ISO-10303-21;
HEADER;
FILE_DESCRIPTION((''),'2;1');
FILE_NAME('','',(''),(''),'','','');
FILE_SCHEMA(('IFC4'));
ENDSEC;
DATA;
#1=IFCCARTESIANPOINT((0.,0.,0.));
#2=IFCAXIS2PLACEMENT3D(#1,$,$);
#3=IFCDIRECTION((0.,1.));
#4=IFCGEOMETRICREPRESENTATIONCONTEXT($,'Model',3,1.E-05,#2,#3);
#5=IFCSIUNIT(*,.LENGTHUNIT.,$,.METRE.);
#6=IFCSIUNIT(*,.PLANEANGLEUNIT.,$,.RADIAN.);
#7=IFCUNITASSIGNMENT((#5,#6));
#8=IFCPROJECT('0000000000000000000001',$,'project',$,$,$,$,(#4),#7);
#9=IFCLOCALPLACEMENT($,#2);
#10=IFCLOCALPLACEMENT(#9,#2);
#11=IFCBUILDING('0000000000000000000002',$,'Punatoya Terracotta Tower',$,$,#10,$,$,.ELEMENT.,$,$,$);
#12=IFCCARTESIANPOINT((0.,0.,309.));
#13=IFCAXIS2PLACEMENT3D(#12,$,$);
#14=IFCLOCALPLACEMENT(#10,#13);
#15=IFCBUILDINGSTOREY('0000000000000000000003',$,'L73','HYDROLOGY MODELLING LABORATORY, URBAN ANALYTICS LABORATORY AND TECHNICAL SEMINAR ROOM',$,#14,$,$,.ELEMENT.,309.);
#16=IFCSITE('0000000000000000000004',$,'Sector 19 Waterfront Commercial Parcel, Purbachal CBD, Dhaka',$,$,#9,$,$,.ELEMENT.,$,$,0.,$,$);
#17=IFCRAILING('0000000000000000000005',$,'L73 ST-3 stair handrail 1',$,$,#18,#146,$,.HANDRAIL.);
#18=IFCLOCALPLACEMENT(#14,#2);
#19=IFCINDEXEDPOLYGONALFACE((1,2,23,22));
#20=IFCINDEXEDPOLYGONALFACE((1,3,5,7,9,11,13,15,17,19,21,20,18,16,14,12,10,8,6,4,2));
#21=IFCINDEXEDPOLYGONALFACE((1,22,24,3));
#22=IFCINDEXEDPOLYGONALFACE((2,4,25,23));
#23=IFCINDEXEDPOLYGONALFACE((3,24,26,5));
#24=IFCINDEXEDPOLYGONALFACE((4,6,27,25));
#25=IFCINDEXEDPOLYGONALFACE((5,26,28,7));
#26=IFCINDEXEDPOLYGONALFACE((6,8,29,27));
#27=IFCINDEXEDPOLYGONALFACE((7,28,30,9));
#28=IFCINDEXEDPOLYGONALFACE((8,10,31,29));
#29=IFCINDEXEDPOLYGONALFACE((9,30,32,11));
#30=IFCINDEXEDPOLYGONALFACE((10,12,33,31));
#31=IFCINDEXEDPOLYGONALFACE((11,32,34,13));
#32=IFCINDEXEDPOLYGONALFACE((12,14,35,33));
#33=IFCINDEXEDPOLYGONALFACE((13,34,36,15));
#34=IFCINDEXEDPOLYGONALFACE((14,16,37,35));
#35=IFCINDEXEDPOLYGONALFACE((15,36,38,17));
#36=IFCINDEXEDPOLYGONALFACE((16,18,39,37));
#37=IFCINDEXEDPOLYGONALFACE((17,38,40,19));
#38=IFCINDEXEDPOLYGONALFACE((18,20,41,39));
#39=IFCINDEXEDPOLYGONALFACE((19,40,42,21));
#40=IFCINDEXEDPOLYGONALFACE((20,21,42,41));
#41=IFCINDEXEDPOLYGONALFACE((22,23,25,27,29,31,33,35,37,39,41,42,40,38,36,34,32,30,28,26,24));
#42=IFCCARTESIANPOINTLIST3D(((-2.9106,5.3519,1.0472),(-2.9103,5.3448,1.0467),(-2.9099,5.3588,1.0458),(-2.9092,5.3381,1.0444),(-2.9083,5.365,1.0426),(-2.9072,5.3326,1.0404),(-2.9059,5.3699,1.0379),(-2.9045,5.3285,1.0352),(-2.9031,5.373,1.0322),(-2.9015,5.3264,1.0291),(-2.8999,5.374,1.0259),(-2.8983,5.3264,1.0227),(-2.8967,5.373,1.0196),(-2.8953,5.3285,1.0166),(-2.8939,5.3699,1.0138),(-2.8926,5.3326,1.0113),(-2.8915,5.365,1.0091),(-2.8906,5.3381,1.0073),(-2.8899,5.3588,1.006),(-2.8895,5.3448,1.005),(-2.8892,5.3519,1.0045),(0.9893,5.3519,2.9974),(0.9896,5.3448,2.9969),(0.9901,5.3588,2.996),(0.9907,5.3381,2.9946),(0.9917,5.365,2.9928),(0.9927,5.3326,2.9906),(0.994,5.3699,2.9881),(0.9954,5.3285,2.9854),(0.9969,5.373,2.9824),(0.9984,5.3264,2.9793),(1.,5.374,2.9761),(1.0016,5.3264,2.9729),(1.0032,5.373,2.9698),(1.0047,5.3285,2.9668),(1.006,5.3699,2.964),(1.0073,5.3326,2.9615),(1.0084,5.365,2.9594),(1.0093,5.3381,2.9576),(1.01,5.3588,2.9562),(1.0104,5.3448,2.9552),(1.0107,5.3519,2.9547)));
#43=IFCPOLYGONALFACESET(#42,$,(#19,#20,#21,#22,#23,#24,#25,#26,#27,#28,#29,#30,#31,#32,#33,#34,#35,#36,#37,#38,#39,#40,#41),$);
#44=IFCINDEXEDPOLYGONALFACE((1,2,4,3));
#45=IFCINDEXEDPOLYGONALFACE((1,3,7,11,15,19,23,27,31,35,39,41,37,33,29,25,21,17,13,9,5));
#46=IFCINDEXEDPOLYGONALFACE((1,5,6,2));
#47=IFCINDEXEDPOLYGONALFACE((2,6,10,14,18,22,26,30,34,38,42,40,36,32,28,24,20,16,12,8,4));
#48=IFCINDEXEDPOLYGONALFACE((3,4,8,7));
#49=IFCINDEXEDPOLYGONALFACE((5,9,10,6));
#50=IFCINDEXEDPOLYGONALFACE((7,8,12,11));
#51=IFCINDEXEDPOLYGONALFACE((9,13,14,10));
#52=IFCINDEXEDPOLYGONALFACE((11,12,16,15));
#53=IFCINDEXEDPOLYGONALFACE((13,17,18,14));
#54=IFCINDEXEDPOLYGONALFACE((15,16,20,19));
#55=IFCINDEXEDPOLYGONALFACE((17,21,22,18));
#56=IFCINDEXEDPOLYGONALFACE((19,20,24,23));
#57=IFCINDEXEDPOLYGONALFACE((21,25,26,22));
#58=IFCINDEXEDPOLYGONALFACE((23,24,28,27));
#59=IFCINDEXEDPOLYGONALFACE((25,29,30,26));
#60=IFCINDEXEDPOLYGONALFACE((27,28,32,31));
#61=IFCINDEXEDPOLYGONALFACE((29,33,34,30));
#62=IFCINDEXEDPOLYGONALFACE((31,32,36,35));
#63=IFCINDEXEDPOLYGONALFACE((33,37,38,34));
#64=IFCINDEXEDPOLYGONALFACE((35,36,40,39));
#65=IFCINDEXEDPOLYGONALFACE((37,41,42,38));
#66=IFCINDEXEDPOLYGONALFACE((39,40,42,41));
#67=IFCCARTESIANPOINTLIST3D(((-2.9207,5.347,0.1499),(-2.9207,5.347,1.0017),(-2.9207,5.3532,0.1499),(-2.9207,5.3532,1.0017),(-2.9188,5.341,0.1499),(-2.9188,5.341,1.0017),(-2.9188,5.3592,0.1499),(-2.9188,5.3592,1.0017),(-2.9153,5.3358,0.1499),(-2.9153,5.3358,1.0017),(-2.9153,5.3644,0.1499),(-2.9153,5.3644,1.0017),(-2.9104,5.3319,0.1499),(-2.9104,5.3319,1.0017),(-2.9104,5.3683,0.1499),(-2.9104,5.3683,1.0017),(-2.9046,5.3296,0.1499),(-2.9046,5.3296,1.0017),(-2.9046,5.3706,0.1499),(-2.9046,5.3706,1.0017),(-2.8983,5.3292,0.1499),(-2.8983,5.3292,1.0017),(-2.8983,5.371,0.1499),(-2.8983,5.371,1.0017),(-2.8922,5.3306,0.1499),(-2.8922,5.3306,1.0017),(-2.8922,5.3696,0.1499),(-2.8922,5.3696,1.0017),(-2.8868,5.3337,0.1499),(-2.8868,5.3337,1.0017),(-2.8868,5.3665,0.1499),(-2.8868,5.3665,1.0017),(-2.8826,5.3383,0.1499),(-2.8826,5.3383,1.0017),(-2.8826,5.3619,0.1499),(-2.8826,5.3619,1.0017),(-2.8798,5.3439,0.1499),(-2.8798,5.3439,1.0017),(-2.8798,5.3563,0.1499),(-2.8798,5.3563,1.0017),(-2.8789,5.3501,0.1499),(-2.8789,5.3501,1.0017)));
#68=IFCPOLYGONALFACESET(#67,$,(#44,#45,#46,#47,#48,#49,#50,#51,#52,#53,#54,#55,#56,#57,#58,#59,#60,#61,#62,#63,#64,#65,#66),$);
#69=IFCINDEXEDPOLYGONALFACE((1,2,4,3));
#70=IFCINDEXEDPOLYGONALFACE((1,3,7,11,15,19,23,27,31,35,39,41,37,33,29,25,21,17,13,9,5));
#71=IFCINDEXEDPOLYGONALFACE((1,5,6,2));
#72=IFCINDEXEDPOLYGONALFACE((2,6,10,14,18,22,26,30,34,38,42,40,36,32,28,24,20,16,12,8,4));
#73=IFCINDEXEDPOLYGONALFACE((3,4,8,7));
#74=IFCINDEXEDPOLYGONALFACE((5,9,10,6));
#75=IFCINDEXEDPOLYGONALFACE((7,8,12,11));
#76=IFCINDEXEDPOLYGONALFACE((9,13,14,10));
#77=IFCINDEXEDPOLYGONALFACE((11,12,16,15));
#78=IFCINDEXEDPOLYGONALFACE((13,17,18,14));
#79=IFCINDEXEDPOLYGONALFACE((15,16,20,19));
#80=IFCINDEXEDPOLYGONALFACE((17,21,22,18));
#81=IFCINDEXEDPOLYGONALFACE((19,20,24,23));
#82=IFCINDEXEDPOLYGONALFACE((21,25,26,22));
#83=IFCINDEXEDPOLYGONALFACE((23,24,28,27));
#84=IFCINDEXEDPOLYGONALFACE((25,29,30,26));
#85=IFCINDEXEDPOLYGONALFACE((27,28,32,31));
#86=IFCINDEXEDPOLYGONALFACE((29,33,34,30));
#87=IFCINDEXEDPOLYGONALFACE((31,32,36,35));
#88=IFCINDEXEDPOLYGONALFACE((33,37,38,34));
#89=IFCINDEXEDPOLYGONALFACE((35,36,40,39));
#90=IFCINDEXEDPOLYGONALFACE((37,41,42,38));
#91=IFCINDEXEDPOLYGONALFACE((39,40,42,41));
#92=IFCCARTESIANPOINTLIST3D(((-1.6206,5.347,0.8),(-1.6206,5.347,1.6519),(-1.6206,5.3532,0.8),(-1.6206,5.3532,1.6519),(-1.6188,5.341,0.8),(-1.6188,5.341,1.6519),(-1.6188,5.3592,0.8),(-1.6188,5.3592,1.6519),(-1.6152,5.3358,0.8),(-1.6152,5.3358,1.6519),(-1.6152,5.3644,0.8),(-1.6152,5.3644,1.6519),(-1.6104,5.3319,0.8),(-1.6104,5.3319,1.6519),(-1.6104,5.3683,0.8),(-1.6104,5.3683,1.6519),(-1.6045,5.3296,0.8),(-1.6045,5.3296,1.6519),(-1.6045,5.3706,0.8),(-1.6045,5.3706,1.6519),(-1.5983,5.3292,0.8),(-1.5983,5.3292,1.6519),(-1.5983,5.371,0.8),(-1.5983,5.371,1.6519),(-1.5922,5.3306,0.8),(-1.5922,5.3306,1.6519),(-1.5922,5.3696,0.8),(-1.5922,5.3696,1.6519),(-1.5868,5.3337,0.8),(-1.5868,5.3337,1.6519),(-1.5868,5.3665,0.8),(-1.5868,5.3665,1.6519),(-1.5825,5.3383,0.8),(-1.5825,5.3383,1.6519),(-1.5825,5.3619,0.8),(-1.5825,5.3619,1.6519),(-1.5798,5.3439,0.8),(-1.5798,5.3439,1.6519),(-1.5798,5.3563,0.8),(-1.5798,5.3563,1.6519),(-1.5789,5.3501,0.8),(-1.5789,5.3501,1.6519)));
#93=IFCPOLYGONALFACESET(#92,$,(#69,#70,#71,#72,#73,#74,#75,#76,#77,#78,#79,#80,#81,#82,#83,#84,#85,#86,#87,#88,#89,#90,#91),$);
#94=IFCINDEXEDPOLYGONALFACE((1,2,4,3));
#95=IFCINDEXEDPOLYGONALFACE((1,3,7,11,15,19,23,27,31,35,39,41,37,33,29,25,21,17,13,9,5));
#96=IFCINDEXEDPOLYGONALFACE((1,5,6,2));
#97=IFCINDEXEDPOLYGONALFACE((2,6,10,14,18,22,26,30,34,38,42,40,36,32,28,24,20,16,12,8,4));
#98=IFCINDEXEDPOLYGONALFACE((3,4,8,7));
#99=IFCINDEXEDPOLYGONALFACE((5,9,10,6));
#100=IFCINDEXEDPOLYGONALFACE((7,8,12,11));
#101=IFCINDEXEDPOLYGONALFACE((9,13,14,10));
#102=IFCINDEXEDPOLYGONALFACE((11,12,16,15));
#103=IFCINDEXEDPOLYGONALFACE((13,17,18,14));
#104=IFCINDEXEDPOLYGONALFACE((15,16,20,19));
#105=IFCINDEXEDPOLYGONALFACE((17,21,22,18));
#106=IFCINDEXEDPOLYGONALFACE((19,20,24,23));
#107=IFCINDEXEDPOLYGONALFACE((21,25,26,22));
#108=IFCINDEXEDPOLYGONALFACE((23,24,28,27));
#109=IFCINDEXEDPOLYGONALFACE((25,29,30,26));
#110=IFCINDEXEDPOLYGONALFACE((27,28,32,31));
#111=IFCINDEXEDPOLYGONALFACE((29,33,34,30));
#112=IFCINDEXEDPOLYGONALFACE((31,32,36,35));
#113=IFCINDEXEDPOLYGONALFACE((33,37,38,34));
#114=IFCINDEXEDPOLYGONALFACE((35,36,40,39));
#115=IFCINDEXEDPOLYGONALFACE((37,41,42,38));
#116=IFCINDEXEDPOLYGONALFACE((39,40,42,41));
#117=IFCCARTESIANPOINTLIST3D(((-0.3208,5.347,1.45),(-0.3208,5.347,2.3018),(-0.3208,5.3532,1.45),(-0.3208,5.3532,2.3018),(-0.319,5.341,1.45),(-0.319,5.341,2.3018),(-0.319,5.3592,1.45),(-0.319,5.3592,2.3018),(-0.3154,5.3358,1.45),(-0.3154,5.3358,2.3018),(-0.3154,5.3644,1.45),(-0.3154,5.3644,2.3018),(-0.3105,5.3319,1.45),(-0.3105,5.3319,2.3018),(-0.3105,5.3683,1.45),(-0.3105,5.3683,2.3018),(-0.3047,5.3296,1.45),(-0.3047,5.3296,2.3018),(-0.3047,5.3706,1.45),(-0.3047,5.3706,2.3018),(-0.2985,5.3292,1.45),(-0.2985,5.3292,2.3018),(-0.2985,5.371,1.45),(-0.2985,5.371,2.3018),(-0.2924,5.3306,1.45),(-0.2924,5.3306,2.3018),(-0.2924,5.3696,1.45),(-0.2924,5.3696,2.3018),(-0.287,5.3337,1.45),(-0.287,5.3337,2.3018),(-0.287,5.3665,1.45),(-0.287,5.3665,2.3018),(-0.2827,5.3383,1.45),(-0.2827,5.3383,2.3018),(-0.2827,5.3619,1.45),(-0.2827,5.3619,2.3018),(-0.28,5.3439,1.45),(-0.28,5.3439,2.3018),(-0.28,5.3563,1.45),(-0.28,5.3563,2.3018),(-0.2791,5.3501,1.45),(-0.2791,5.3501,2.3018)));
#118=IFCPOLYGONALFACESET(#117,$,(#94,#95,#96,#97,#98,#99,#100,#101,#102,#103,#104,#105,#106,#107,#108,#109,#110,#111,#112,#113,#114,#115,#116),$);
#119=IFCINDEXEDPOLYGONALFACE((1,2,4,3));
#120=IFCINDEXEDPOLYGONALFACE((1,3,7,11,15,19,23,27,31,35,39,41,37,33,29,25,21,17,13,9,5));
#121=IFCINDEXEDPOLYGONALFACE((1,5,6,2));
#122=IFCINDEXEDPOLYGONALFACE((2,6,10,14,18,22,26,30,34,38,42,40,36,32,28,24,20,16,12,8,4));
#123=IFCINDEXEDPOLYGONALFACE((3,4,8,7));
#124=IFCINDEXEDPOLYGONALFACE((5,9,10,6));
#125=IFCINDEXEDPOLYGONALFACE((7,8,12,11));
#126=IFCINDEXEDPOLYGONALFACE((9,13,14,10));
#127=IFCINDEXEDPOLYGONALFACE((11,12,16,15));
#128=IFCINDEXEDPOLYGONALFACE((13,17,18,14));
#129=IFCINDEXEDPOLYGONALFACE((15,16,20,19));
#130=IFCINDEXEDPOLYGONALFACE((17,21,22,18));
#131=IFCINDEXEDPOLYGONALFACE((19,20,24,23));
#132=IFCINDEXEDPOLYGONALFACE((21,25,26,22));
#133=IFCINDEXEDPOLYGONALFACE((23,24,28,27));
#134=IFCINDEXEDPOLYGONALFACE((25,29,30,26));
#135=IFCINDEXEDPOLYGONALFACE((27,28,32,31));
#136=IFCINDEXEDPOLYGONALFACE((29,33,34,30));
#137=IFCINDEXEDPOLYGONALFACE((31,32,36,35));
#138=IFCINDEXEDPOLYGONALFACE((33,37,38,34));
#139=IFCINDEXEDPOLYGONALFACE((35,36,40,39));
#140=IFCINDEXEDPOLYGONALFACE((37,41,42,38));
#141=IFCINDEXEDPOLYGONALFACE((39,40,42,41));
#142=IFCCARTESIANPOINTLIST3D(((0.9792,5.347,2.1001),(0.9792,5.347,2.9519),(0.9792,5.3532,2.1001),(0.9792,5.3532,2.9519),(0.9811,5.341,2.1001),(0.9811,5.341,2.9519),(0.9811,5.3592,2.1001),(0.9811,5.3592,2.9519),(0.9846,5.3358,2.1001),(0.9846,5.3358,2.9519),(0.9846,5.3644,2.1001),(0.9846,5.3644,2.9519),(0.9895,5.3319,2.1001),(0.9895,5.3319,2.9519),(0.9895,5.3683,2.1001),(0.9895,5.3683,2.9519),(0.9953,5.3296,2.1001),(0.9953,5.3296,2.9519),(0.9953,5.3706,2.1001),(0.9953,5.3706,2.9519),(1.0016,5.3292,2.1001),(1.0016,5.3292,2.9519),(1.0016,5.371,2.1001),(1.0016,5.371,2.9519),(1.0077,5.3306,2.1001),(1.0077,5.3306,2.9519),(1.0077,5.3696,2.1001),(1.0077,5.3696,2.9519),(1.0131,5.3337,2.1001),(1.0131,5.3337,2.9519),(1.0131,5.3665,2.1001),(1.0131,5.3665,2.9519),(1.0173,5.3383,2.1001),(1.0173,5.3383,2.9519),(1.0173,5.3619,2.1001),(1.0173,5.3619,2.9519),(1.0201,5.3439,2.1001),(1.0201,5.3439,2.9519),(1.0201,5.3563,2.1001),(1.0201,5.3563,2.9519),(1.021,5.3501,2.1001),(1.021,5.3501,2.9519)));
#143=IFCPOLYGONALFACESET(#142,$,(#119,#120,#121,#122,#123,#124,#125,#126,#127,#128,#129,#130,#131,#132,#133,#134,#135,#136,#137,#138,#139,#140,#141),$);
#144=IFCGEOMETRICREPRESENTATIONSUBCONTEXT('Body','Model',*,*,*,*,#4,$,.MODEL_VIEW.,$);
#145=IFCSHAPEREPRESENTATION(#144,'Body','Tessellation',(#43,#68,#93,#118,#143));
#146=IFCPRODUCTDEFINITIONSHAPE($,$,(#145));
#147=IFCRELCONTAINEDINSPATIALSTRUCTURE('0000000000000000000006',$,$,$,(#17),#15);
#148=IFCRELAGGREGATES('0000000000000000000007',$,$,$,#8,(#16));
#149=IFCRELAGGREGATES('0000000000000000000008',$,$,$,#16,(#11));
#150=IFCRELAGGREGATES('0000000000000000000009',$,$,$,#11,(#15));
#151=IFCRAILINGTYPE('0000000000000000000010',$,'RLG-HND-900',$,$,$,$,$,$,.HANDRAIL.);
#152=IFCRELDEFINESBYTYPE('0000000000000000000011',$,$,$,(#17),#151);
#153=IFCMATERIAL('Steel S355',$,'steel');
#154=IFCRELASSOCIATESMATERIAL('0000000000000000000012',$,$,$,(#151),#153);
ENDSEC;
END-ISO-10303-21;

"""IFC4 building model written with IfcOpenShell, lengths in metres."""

from ifc_helpers import new_model, si_unit, direction, frame, origin, origin_2d, place, context, subcontext, project, spatial, circle, extrude, material, type_object, element, save


model = new_model("IFC4")

# Units and contexts
model_context = context("Model", 3, precision=1e-05, world=origin(), true_north=direction((0.0, 1.0)))
body_context = subcontext(model_context, "Body", "Model", "MODEL_VIEW")
ifc_project = project(units=[si_unit("LENGTHUNIT", "METRE"), si_unit("PLANEANGLEUNIT", "RADIAN")], contexts=[model_context])

# Site, building, storey
site_placement = place(None, origin())
site = spatial("IfcSite", under=ifc_project, at=site_placement, Name="Sector 19 Waterfront Commercial Parcel, Purbachal CBD, Dhaka", CompositionType="ELEMENT", RefElevation=0.0)
building_placement = place(site_placement, origin())
building = spatial("IfcBuilding", under=site, at=building_placement, Name="Punatoya Terracotta Tower", CompositionType="ELEMENT")
storey_placement = place(building_placement, frame((0.0, 0.0, 309.0)))
storey = spatial("IfcBuildingStorey", under=building, at=storey_placement, Name="L73", Description="HYDROLOGY MODELLING LABORATORY, URBAN ANALYTICS LABORATORY AND TECHNICAL SEMINAR ROOM", CompositionType="ELEMENT", Elevation=309.0)

# Shared definitions
ifc_material_1 = material(Name="Steel S355", Category="steel")

# Railing
railing_type_1 = type_object("IfcRailingType", Name="RLG-HND-900", PredefinedType="HANDRAIL", material=ifc_material_1)
railing_1_placement = place(storey_placement, frame((-2.8999, 5.3501, 0.1499)))
element("IfcRailing", 1, at=railing_1_placement, inside=storey, type_object=railing_type_1, Name="L73 ST-3 stair handrail 1", PredefinedType="HANDRAIL", context=body_context, shape_type="SweptSolid", body=[
    extrude(circle(Radius=0.0239, at=origin_2d()), frame((0.0, 0.0, 0.876), z_axis=(0.894405, 0.0, 0.447258), x_axis=(0.0, 1.0, 0.0)), (0.0, 0.0, 1.0), 4.3604),
    extrude(circle(Radius=0.021, at=origin_2d()), origin(), (0.0, 0.0, 1.0), 0.8518),
    extrude(circle(Radius=0.021, at=origin_2d()), frame((1.3, 0.0, 0.6501)), (0.0, 0.0, 1.0), 0.8518),
    extrude(circle(Radius=0.021, at=origin_2d()), frame((2.5999, 0.0, 1.3)), (0.0, 0.0, 1.0), 0.8518),
    extrude(circle(Radius=0.021, at=origin_2d()), frame((3.8999, 0.0, 1.9502)), (0.0, 0.0, 1.0), 0.8518),
])

save(model, "model.ifc")
